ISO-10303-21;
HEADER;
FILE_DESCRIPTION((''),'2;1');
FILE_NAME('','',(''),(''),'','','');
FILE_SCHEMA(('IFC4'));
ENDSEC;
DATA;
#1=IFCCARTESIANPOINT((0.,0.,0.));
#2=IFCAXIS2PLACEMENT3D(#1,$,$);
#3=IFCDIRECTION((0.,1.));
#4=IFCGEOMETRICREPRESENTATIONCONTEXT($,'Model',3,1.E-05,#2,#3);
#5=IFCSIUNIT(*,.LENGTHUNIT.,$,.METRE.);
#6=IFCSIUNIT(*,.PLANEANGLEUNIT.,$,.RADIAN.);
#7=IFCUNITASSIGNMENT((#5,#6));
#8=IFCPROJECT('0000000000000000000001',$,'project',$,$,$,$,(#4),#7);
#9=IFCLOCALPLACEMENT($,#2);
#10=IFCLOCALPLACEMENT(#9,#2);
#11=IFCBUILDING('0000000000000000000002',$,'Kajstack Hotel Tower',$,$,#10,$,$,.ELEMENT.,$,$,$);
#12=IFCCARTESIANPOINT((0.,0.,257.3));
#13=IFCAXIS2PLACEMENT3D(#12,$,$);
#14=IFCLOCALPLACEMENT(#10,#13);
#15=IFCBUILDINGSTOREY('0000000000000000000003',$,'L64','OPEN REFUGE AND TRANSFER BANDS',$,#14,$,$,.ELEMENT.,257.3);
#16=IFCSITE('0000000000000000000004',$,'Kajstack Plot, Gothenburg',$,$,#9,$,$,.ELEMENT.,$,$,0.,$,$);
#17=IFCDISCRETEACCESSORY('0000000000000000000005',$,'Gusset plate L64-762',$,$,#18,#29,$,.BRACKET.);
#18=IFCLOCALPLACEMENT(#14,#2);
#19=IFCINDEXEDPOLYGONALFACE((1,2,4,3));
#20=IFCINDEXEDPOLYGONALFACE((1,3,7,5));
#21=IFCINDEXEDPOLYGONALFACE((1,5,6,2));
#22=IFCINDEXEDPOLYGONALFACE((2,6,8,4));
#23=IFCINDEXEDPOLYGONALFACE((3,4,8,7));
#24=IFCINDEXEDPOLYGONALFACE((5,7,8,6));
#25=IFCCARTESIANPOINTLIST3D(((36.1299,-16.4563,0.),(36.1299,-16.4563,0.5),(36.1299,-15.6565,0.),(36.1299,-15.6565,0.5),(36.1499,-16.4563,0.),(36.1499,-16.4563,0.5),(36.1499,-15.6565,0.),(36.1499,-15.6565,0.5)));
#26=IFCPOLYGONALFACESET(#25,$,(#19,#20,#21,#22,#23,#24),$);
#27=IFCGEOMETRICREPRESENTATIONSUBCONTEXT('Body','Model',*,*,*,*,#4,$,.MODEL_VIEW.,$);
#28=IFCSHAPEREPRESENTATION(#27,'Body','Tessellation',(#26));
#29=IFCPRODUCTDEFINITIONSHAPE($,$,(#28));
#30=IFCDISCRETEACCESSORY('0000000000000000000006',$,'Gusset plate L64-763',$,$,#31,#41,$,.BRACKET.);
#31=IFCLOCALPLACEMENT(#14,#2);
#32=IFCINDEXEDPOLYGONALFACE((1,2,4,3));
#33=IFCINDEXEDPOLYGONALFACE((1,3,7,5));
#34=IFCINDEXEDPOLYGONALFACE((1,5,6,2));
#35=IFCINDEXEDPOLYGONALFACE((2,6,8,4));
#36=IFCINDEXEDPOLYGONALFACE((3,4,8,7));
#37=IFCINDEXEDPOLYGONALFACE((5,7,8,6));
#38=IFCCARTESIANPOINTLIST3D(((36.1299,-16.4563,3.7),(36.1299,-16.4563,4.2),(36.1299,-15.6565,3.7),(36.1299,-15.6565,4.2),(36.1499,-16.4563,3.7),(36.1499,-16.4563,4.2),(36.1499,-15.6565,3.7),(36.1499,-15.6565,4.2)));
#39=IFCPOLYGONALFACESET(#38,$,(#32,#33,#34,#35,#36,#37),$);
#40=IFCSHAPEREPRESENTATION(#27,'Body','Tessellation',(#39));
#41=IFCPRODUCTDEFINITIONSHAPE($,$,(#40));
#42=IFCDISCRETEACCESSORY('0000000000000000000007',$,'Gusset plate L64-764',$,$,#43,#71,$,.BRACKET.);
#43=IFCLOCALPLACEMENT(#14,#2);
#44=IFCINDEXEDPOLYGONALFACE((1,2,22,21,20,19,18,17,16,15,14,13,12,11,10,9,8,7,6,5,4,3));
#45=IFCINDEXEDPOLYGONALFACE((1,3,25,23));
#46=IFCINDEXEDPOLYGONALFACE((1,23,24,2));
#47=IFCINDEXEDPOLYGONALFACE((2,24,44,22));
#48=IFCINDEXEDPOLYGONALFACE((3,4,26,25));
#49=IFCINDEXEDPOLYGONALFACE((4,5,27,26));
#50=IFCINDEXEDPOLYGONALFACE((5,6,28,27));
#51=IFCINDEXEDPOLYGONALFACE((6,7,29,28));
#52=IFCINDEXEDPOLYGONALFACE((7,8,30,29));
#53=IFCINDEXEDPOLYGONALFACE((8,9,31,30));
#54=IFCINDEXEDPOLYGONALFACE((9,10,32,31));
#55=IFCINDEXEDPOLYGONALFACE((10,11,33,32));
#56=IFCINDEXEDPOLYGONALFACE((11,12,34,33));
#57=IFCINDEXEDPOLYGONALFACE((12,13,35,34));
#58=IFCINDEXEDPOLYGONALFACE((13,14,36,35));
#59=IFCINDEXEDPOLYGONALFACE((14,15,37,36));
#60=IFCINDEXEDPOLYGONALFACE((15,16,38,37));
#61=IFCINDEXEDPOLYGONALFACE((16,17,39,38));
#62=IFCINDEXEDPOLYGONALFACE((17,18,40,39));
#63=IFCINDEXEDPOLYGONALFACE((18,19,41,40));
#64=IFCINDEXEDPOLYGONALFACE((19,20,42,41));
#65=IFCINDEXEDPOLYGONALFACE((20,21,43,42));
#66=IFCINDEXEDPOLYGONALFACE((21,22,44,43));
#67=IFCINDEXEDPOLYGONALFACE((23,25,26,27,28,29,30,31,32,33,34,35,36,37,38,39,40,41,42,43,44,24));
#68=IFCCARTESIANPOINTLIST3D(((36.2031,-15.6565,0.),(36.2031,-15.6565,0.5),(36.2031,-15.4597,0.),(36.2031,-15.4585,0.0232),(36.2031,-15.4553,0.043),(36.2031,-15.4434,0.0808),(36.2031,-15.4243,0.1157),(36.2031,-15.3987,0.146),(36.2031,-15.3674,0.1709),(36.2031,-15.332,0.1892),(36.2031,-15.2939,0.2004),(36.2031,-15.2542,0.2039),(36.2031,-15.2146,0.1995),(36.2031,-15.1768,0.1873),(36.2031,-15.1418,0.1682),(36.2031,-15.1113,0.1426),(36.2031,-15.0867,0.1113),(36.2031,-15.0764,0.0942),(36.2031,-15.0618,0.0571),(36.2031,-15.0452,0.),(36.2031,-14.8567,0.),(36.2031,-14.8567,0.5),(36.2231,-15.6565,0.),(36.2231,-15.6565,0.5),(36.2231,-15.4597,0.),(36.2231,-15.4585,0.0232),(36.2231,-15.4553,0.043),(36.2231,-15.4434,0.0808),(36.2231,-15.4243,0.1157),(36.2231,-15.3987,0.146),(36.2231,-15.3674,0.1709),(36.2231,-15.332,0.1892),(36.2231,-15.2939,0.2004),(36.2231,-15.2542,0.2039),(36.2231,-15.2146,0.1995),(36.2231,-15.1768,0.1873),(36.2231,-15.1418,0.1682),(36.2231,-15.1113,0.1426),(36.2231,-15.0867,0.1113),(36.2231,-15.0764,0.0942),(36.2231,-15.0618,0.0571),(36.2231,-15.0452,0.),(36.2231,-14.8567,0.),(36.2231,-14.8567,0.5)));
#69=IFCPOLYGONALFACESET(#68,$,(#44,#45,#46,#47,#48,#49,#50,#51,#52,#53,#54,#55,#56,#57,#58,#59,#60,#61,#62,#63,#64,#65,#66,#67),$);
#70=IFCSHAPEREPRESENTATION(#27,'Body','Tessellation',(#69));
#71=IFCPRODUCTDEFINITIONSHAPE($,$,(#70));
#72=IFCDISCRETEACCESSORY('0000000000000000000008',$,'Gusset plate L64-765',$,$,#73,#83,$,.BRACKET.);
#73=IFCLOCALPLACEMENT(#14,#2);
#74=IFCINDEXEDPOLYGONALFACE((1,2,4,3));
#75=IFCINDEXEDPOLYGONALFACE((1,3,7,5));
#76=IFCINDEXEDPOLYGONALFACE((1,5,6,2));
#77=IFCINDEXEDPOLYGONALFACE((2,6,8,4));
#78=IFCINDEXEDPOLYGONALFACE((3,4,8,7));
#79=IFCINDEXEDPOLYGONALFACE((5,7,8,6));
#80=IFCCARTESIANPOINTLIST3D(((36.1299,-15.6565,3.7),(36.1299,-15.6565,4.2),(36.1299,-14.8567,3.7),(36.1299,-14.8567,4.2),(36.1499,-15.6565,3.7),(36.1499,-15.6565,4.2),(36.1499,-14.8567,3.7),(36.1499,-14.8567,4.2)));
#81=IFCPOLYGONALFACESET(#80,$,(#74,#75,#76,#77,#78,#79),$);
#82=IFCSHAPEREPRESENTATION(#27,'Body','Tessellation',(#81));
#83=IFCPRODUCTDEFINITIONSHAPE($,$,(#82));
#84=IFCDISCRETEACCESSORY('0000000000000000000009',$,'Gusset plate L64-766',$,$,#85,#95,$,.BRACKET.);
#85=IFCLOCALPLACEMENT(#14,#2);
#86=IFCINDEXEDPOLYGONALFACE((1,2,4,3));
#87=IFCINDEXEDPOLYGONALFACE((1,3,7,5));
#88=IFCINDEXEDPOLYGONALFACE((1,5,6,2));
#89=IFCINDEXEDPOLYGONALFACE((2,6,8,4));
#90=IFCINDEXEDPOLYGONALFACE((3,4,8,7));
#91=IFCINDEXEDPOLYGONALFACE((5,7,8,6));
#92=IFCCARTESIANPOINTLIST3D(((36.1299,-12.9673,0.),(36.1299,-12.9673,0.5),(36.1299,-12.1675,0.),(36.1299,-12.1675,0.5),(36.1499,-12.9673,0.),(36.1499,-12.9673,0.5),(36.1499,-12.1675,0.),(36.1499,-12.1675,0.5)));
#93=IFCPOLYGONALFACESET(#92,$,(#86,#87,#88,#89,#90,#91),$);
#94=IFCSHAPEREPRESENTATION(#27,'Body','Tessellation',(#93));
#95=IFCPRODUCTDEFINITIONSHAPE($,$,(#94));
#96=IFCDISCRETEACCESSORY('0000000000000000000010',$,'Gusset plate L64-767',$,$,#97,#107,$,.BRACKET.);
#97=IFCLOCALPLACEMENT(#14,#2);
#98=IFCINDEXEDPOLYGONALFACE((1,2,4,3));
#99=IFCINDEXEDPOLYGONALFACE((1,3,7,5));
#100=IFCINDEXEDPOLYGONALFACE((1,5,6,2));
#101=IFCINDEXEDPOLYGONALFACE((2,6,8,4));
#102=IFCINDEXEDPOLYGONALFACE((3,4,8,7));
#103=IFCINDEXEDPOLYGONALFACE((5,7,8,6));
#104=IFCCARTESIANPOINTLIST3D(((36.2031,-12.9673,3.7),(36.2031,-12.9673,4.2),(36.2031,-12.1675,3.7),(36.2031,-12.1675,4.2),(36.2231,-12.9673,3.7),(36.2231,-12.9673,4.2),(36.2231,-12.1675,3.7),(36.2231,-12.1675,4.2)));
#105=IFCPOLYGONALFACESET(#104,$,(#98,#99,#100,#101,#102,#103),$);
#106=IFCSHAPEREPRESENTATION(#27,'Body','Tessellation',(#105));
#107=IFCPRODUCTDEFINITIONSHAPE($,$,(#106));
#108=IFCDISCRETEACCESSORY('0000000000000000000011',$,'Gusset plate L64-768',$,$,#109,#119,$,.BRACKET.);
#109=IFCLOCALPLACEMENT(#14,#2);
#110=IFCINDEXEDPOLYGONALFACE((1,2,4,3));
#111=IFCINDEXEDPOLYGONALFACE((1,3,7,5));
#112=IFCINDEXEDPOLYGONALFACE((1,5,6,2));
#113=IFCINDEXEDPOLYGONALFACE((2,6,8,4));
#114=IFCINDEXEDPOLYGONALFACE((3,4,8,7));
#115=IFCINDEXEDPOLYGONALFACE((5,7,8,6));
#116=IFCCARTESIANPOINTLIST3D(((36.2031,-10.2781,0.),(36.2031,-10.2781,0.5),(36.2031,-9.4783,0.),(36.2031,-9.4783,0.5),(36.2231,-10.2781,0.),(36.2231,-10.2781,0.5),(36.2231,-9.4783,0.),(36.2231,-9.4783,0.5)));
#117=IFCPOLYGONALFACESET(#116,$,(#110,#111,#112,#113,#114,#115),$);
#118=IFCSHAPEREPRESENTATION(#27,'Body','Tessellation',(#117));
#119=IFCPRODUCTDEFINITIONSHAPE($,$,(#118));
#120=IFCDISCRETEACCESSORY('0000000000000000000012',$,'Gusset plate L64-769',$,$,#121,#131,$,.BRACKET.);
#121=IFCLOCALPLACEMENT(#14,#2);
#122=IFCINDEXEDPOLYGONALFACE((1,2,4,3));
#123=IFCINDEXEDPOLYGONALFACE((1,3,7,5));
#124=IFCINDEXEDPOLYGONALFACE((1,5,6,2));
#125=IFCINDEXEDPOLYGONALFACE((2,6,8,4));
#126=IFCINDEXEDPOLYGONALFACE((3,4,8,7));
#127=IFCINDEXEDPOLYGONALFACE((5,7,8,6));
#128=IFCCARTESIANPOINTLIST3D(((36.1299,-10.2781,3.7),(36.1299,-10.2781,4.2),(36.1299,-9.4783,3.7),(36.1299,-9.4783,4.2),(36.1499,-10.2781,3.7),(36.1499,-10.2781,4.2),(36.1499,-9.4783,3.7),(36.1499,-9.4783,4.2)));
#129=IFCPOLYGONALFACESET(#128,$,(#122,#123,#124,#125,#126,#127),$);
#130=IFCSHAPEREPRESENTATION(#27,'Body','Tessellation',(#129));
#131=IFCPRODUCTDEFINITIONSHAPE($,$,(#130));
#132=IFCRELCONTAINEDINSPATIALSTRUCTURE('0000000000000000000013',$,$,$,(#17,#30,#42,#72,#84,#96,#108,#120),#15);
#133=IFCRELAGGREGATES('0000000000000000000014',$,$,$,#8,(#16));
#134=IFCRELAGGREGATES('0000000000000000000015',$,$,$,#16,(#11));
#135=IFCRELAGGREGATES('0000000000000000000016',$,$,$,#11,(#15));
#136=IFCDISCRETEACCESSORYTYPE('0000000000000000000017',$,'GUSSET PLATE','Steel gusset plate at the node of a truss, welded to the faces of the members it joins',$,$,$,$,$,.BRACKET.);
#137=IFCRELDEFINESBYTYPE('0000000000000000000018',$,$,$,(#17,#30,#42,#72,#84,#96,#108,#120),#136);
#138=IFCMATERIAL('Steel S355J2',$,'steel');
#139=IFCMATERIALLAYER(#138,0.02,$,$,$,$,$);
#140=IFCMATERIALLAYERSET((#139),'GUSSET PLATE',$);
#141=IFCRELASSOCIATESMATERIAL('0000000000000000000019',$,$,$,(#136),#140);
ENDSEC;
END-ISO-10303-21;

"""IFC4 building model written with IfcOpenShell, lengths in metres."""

from ifc_helpers import new_model, si_unit, direction, frame, origin, place, context, subcontext, project, spatial, polyline, outline, extrude, material, layer, layer_set, type_object, element, save


model = new_model("IFC4")

# Units and contexts
model_context = context("Model", 3, precision=1e-05, world=origin(), true_north=direction((0.0, 1.0)))
body_context = subcontext(model_context, "Body", "Model", "MODEL_VIEW")
ifc_project = project(units=[si_unit("LENGTHUNIT", "METRE"), si_unit("PLANEANGLEUNIT", "RADIAN")], contexts=[model_context])

# Site, building, storey
site_placement = place(None, origin())
site = spatial("IfcSite", under=ifc_project, at=site_placement, Name="Kajstack Plot, Gothenburg", CompositionType="ELEMENT", RefElevation=0.0)
building_placement = place(site_placement, origin())
building = spatial("IfcBuilding", under=site, at=building_placement, Name="Kajstack Hotel Tower", CompositionType="ELEMENT")
storey_placement = place(building_placement, frame((0.0, 0.0, 257.3)))
storey = spatial("IfcBuildingStorey", under=building, at=storey_placement, Name="L64", Description="OPEN REFUGE AND TRANSFER BANDS", CompositionType="ELEMENT", Elevation=257.3)

# Shared definitions
ifc_material = material(Name="Steel S355J2", Category="steel")

# Discrete accessories
ifc_layer = layer(ifc_material, 0.02)
ifc_layer_set = layer_set([ifc_layer], Name="GUSSET PLATE")
discrete_accessory_type = type_object("IfcDiscreteAccessoryType", Name="GUSSET PLATE", Description="Steel gusset plate at the node of a truss, welded to the faces of the members it joins", PredefinedType="BRACKET", material=ifc_layer_set)
for number, where, z_axis, x_axis, name in (
    (1, (36.1299, -16.0564, 0.0), (1.0, 0.0, 0.0), (0.0, 1.0, 0.0), "Gusset plate L64-762"),
    (2, (36.1299, -16.0564, 3.7), (1.0, 0.0, 0.0), (0.0, 1.0, 0.0), "Gusset plate L64-763"),
):
    element("IfcDiscreteAccessory", number, at=place(storey_placement, frame(where, z_axis=z_axis, x_axis=x_axis)), inside=storey, type_object=discrete_accessory_type, Name=name, PredefinedType="BRACKET", context=body_context, shape_type="SweptSolid", body=[
        extrude(outline(polyline([(-0.3999, 0.0), (0.3999, 0.0), (0.3999, 0.5), (-0.3999, 0.5), (-0.3999, 0.0)])), origin(), (0.0, 0.0, 1.0), 0.02),
    ])
discrete_accessory_placement = place(storey_placement, frame((36.2031, -15.2566, 0.0), z_axis=(1.0, 0.0, 0.0), x_axis=(0.0, 1.0, 0.0)))
element("IfcDiscreteAccessory", 3, at=discrete_accessory_placement, inside=storey, type_object=discrete_accessory_type, Name="Gusset plate L64-764", PredefinedType="BRACKET", context=body_context, shape_type="SweptSolid", body=[
    extrude(outline(polyline([(-0.3999, 0.0), (-0.2031, 0.0), (-0.2019, 0.0232), (-0.1987, 0.043), (-0.1868, 0.0808), (-0.1677, 0.1157), (-0.1421, 0.146), (-0.1108, 0.1709), (-0.0754, 0.1892), (-0.0374, 0.2004), (0.0024, 0.2039), (0.042, 0.1995), (0.0798, 0.1873), (0.1147, 0.1682), (0.1453, 0.1426), (0.1699, 0.1113), (0.1802, 0.0942), (0.1948, 0.0571), (0.2114, 0.0), (0.3999, 0.0), (0.3999, 0.5), (-0.3999, 0.5), (-0.3999, 0.0)])), origin(), (0.0, 0.0, 1.0), 0.02),
])
for number, where, z_axis, x_axis, name in (
    (4, (36.1299, -15.2566, 3.7), (1.0, 0.0, 0.0), (0.0, 1.0, 0.0), "Gusset plate L64-765"),
    (5, (36.1299, -12.5674, 0.0), (1.0, 0.0, 0.0), (0.0, 1.0, 0.0), "Gusset plate L64-766"),
    (6, (36.2031, -12.5674, 3.7), (1.0, 0.0, 0.0), (0.0, 1.0, 0.0), "Gusset plate L64-767"),
    (7, (36.2031, -9.8782, 0.0), (1.0, 0.0, 0.0), (0.0, 1.0, 0.0), "Gusset plate L64-768"),
    (8, (36.1299, -9.8782, 3.7), (1.0, 0.0, 0.0), (0.0, 1.0, 0.0), "Gusset plate L64-769"),
):
    element("IfcDiscreteAccessory", number, at=place(storey_placement, frame(where, z_axis=z_axis, x_axis=x_axis)), inside=storey, type_object=discrete_accessory_type, Name=name, PredefinedType="BRACKET", context=body_context, shape_type="SweptSolid", body=[
        extrude(outline(polyline([(-0.3999, 0.0), (0.3999, 0.0), (0.3999, 0.5), (-0.3999, 0.5), (-0.3999, 0.0)])), origin(), (0.0, 0.0, 1.0), 0.02),
    ])

save(model, "model.ifc")
